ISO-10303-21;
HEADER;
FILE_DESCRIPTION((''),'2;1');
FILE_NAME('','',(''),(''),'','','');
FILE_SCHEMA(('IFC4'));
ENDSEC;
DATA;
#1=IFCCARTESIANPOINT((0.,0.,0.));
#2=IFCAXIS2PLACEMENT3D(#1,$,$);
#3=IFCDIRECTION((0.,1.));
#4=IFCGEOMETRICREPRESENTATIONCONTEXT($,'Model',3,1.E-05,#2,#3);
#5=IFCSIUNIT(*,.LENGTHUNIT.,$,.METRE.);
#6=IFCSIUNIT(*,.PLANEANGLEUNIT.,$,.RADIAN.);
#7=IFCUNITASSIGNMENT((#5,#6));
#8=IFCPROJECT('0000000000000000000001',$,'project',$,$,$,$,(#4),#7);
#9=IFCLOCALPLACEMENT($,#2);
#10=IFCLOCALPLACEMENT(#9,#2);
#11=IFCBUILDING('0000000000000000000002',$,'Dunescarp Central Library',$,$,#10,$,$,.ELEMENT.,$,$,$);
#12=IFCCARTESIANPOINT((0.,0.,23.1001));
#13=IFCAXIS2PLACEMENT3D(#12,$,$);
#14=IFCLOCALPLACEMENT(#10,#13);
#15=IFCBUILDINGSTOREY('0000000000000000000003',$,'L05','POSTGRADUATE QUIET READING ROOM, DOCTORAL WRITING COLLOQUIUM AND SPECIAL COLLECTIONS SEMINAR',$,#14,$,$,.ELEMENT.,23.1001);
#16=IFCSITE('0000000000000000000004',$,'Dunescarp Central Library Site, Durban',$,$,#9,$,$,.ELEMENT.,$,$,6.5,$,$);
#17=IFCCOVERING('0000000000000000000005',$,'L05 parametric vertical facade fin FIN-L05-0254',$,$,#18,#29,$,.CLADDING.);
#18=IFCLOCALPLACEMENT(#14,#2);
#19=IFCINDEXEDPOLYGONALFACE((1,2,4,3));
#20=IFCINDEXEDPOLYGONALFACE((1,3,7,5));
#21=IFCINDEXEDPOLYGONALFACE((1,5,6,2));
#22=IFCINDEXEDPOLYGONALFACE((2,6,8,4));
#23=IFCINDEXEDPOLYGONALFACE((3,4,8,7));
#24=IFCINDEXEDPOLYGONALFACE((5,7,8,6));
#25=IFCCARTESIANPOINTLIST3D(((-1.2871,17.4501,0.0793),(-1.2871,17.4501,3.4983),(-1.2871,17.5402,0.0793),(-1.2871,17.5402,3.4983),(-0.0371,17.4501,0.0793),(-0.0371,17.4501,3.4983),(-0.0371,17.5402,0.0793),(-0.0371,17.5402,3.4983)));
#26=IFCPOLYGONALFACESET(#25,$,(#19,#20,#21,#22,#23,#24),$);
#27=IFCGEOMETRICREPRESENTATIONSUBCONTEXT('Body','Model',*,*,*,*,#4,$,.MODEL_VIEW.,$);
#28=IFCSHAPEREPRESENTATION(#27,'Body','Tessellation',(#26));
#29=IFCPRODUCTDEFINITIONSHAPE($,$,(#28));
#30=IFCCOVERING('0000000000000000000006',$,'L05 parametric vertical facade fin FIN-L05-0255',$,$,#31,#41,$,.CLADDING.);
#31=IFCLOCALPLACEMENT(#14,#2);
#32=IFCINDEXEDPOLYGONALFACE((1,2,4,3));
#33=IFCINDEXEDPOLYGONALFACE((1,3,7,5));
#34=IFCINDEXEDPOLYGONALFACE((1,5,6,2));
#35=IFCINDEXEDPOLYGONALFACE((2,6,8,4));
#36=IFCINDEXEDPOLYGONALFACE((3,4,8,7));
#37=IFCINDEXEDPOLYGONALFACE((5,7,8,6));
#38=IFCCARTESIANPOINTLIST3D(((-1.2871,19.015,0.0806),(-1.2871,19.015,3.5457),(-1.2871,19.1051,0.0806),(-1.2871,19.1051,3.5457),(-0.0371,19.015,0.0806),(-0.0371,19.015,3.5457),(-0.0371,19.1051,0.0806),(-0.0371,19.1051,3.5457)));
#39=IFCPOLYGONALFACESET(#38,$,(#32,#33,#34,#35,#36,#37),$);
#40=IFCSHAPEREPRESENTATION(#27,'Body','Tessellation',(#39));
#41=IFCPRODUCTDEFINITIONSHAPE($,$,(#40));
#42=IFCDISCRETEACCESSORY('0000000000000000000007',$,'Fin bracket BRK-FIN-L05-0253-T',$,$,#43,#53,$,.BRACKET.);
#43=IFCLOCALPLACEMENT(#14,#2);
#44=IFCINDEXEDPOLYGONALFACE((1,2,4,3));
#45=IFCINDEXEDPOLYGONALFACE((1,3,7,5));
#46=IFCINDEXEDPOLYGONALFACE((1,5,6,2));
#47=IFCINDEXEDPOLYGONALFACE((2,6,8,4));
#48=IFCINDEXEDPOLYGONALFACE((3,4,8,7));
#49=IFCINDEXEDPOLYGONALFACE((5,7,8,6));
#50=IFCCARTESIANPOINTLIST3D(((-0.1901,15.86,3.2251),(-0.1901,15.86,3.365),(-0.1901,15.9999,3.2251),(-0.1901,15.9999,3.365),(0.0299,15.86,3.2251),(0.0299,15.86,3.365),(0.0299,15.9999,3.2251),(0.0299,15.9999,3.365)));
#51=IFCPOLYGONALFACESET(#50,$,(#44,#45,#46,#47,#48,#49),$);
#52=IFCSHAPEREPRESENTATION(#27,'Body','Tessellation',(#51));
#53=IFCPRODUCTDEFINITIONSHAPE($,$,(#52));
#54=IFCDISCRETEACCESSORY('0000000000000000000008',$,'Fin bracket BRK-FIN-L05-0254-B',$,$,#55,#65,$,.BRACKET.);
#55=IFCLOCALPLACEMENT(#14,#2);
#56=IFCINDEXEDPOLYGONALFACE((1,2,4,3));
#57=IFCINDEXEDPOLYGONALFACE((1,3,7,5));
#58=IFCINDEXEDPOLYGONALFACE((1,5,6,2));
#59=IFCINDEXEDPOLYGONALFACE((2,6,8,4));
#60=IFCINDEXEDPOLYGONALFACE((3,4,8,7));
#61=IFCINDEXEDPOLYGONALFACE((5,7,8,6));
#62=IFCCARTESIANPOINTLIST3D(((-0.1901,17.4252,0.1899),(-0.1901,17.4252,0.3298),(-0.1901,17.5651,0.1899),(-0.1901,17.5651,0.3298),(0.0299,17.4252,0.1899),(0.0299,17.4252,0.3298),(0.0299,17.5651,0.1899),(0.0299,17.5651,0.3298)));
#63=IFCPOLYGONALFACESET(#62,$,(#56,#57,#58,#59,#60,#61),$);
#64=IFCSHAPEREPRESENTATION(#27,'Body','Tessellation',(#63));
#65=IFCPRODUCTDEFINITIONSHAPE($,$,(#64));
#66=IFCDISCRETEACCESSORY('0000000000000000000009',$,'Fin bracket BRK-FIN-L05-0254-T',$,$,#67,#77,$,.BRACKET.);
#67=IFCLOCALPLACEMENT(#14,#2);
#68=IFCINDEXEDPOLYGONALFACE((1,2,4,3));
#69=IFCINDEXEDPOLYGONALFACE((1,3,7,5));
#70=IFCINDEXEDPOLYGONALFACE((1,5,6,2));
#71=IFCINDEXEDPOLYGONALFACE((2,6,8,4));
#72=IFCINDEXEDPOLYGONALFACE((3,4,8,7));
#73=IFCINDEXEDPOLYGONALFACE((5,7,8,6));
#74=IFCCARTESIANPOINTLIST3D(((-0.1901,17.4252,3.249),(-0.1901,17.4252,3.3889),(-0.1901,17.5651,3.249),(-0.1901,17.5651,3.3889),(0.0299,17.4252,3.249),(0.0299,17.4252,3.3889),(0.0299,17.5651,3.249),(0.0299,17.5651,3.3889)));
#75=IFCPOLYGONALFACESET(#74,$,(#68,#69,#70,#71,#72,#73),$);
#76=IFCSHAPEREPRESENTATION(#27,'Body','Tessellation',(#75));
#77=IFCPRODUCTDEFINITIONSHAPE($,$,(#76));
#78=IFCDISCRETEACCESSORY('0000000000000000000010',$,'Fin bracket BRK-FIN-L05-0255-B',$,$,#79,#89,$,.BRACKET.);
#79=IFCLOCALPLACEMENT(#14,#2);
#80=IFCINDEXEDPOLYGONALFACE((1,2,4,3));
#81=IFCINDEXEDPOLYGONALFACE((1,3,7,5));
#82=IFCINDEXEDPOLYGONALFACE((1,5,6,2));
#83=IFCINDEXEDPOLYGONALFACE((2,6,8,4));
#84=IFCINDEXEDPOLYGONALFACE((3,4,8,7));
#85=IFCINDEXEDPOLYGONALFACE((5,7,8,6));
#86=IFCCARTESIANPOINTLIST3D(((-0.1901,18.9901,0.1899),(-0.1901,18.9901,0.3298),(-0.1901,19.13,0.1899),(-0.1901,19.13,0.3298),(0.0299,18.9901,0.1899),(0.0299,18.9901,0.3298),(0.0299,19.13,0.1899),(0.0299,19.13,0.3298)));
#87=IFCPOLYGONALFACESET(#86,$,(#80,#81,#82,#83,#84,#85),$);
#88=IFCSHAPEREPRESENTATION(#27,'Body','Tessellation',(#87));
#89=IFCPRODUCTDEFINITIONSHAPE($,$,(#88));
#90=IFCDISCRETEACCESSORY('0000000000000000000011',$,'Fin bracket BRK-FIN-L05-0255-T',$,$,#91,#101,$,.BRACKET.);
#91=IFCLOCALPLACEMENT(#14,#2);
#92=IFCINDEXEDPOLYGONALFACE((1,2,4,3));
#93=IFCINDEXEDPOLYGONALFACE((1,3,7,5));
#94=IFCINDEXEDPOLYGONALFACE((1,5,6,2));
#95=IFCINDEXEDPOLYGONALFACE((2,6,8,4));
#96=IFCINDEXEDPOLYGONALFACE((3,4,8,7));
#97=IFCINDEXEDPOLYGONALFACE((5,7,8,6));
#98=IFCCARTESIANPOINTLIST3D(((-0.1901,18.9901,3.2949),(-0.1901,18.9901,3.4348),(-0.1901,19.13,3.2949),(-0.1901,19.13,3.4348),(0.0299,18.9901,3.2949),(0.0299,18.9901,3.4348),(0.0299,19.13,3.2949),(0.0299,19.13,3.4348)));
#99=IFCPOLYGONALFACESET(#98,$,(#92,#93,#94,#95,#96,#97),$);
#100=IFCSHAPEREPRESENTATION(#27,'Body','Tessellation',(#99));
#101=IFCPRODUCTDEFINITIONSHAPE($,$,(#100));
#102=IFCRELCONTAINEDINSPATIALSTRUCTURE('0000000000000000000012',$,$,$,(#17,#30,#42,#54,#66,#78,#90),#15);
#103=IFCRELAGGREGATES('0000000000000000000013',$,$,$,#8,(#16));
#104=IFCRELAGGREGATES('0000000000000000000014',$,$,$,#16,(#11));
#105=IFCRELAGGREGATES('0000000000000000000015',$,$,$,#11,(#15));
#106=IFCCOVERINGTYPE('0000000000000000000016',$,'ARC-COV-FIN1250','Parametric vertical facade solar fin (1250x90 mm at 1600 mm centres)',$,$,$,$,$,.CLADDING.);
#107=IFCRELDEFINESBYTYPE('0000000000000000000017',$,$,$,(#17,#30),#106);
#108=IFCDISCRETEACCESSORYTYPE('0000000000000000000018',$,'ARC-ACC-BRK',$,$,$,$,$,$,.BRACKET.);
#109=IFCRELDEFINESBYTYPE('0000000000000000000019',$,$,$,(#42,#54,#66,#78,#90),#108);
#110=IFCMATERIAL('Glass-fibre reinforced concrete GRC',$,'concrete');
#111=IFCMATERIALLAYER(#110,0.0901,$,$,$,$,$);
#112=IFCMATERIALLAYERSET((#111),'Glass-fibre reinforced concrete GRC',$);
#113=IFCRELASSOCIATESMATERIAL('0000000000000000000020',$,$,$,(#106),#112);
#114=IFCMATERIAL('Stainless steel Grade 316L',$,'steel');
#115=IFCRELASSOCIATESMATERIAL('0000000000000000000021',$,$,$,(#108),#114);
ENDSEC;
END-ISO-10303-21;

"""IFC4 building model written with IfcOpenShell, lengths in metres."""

from ifc_helpers import new_model, si_unit, direction, frame, origin, origin_2d, place, context, subcontext, project, spatial, rectangle, extrude, material, layer, layer_set, type_object, element, save


model = new_model("IFC4")

# Units and contexts
model_context = context("Model", 3, precision=1e-05, world=origin(), true_north=direction((0.0, 1.0)))
body_context = subcontext(model_context, "Body", "Model", "MODEL_VIEW")
ifc_project = project(units=[si_unit("LENGTHUNIT", "METRE"), si_unit("PLANEANGLEUNIT", "RADIAN")], contexts=[model_context])

# Site, building, storey
site_placement = place(None, origin())
site = spatial("IfcSite", under=ifc_project, at=site_placement, Name="Dunescarp Central Library Site, Durban", CompositionType="ELEMENT", RefElevation=6.5)
building_placement = place(site_placement, origin())
building = spatial("IfcBuilding", under=site, at=building_placement, Name="Dunescarp Central Library", CompositionType="ELEMENT")
storey_placement = place(building_placement, frame((0.0, 0.0, 23.1001)))
storey = spatial("IfcBuildingStorey", under=building, at=storey_placement, Name="L05", Description="POSTGRADUATE QUIET READING ROOM, DOCTORAL WRITING COLLOQUIUM AND SPECIAL COLLECTIONS SEMINAR", CompositionType="ELEMENT", Elevation=23.1001)

# Coverings
ifc_material_1 = material(Name="Glass-fibre reinforced concrete GRC", Category="concrete")
ifc_layer_1 = layer(ifc_material_1, 0.0901)
ifc_layer_set_1 = layer_set([ifc_layer_1], Name="Glass-fibre reinforced concrete GRC")
covering_type = type_object("IfcCoveringType", Name="ARC-COV-FIN1250", Description="Parametric vertical facade solar fin (1250x90 mm at 1600 mm centres)", PredefinedType="CLADDING", material=ifc_layer_set_1)
covering_1_placement = place(storey_placement, frame((-0.6621, 17.4951, 0.0793), z_axis=(0.0, 0.0, 1.0), x_axis=(-1.0, 0.0, 0.0)))
element("IfcCovering", 1, at=covering_1_placement, inside=storey, type_object=covering_type, Name="L05 parametric vertical facade fin FIN-L05-0254", PredefinedType="CLADDING", context=body_context, shape_type="SweptSolid", body=[
    extrude(rectangle(XDim=1.25, YDim=0.0901, at=origin_2d()), origin(), (0.0, 0.0, 1.0), 3.4189),
])
covering_2_placement = place(storey_placement, frame((-0.6621, 19.0601, 0.0806), z_axis=(0.0, 0.0, 1.0), x_axis=(-1.0, 0.0, 0.0)))
element("IfcCovering", 2, at=covering_2_placement, inside=storey, type_object=covering_type, Name="L05 parametric vertical facade fin FIN-L05-0255", PredefinedType="CLADDING", context=body_context, shape_type="SweptSolid", body=[
    extrude(rectangle(XDim=1.25, YDim=0.0901, at=origin_2d()), origin(), (0.0, 0.0, 1.0), 3.4651),
])

# Discrete accessories
ifc_material_2 = material(Name="Stainless steel Grade 316L", Category="steel")
discrete_accessory_type = type_object("IfcDiscreteAccessoryType", Name="ARC-ACC-BRK", PredefinedType="BRACKET", material=ifc_material_2)
for number, where, z_axis, x_axis, name in (
    (3, (-0.0801, 15.9299, 3.2251), (0.0, 0.0, 1.0), (-1.0, 0.0, 0.0), "Fin bracket BRK-FIN-L05-0253-T"),
    (4, (-0.0801, 17.4951, 0.1899), (0.0, 0.0, 1.0), (-1.0, 0.0, 0.0), "Fin bracket BRK-FIN-L05-0254-B"),
    (5, (-0.0801, 17.4951, 3.249), (0.0, 0.0, 1.0), (-1.0, 0.0, 0.0), "Fin bracket BRK-FIN-L05-0254-T"),
    (6, (-0.0801, 19.0601, 0.1899), (0.0, 0.0, 1.0), (-1.0, 0.0, 0.0), "Fin bracket BRK-FIN-L05-0255-B"),
    (7, (-0.0801, 19.0601, 3.2949), (0.0, 0.0, 1.0), (-1.0, 0.0, 0.0), "Fin bracket BRK-FIN-L05-0255-T"),
):
    element("IfcDiscreteAccessory", number, at=place(storey_placement, frame(where, z_axis=z_axis, x_axis=x_axis)), inside=storey, type_object=discrete_accessory_type, Name=name, PredefinedType="BRACKET", context=body_context, shape_type="SweptSolid", body=[
        extrude(rectangle(XDim=0.22, YDim=0.1399, at=origin_2d()), origin(), (0.0, 0.0, 1.0), 0.1399),
    ])

save(model, "model.ifc")
